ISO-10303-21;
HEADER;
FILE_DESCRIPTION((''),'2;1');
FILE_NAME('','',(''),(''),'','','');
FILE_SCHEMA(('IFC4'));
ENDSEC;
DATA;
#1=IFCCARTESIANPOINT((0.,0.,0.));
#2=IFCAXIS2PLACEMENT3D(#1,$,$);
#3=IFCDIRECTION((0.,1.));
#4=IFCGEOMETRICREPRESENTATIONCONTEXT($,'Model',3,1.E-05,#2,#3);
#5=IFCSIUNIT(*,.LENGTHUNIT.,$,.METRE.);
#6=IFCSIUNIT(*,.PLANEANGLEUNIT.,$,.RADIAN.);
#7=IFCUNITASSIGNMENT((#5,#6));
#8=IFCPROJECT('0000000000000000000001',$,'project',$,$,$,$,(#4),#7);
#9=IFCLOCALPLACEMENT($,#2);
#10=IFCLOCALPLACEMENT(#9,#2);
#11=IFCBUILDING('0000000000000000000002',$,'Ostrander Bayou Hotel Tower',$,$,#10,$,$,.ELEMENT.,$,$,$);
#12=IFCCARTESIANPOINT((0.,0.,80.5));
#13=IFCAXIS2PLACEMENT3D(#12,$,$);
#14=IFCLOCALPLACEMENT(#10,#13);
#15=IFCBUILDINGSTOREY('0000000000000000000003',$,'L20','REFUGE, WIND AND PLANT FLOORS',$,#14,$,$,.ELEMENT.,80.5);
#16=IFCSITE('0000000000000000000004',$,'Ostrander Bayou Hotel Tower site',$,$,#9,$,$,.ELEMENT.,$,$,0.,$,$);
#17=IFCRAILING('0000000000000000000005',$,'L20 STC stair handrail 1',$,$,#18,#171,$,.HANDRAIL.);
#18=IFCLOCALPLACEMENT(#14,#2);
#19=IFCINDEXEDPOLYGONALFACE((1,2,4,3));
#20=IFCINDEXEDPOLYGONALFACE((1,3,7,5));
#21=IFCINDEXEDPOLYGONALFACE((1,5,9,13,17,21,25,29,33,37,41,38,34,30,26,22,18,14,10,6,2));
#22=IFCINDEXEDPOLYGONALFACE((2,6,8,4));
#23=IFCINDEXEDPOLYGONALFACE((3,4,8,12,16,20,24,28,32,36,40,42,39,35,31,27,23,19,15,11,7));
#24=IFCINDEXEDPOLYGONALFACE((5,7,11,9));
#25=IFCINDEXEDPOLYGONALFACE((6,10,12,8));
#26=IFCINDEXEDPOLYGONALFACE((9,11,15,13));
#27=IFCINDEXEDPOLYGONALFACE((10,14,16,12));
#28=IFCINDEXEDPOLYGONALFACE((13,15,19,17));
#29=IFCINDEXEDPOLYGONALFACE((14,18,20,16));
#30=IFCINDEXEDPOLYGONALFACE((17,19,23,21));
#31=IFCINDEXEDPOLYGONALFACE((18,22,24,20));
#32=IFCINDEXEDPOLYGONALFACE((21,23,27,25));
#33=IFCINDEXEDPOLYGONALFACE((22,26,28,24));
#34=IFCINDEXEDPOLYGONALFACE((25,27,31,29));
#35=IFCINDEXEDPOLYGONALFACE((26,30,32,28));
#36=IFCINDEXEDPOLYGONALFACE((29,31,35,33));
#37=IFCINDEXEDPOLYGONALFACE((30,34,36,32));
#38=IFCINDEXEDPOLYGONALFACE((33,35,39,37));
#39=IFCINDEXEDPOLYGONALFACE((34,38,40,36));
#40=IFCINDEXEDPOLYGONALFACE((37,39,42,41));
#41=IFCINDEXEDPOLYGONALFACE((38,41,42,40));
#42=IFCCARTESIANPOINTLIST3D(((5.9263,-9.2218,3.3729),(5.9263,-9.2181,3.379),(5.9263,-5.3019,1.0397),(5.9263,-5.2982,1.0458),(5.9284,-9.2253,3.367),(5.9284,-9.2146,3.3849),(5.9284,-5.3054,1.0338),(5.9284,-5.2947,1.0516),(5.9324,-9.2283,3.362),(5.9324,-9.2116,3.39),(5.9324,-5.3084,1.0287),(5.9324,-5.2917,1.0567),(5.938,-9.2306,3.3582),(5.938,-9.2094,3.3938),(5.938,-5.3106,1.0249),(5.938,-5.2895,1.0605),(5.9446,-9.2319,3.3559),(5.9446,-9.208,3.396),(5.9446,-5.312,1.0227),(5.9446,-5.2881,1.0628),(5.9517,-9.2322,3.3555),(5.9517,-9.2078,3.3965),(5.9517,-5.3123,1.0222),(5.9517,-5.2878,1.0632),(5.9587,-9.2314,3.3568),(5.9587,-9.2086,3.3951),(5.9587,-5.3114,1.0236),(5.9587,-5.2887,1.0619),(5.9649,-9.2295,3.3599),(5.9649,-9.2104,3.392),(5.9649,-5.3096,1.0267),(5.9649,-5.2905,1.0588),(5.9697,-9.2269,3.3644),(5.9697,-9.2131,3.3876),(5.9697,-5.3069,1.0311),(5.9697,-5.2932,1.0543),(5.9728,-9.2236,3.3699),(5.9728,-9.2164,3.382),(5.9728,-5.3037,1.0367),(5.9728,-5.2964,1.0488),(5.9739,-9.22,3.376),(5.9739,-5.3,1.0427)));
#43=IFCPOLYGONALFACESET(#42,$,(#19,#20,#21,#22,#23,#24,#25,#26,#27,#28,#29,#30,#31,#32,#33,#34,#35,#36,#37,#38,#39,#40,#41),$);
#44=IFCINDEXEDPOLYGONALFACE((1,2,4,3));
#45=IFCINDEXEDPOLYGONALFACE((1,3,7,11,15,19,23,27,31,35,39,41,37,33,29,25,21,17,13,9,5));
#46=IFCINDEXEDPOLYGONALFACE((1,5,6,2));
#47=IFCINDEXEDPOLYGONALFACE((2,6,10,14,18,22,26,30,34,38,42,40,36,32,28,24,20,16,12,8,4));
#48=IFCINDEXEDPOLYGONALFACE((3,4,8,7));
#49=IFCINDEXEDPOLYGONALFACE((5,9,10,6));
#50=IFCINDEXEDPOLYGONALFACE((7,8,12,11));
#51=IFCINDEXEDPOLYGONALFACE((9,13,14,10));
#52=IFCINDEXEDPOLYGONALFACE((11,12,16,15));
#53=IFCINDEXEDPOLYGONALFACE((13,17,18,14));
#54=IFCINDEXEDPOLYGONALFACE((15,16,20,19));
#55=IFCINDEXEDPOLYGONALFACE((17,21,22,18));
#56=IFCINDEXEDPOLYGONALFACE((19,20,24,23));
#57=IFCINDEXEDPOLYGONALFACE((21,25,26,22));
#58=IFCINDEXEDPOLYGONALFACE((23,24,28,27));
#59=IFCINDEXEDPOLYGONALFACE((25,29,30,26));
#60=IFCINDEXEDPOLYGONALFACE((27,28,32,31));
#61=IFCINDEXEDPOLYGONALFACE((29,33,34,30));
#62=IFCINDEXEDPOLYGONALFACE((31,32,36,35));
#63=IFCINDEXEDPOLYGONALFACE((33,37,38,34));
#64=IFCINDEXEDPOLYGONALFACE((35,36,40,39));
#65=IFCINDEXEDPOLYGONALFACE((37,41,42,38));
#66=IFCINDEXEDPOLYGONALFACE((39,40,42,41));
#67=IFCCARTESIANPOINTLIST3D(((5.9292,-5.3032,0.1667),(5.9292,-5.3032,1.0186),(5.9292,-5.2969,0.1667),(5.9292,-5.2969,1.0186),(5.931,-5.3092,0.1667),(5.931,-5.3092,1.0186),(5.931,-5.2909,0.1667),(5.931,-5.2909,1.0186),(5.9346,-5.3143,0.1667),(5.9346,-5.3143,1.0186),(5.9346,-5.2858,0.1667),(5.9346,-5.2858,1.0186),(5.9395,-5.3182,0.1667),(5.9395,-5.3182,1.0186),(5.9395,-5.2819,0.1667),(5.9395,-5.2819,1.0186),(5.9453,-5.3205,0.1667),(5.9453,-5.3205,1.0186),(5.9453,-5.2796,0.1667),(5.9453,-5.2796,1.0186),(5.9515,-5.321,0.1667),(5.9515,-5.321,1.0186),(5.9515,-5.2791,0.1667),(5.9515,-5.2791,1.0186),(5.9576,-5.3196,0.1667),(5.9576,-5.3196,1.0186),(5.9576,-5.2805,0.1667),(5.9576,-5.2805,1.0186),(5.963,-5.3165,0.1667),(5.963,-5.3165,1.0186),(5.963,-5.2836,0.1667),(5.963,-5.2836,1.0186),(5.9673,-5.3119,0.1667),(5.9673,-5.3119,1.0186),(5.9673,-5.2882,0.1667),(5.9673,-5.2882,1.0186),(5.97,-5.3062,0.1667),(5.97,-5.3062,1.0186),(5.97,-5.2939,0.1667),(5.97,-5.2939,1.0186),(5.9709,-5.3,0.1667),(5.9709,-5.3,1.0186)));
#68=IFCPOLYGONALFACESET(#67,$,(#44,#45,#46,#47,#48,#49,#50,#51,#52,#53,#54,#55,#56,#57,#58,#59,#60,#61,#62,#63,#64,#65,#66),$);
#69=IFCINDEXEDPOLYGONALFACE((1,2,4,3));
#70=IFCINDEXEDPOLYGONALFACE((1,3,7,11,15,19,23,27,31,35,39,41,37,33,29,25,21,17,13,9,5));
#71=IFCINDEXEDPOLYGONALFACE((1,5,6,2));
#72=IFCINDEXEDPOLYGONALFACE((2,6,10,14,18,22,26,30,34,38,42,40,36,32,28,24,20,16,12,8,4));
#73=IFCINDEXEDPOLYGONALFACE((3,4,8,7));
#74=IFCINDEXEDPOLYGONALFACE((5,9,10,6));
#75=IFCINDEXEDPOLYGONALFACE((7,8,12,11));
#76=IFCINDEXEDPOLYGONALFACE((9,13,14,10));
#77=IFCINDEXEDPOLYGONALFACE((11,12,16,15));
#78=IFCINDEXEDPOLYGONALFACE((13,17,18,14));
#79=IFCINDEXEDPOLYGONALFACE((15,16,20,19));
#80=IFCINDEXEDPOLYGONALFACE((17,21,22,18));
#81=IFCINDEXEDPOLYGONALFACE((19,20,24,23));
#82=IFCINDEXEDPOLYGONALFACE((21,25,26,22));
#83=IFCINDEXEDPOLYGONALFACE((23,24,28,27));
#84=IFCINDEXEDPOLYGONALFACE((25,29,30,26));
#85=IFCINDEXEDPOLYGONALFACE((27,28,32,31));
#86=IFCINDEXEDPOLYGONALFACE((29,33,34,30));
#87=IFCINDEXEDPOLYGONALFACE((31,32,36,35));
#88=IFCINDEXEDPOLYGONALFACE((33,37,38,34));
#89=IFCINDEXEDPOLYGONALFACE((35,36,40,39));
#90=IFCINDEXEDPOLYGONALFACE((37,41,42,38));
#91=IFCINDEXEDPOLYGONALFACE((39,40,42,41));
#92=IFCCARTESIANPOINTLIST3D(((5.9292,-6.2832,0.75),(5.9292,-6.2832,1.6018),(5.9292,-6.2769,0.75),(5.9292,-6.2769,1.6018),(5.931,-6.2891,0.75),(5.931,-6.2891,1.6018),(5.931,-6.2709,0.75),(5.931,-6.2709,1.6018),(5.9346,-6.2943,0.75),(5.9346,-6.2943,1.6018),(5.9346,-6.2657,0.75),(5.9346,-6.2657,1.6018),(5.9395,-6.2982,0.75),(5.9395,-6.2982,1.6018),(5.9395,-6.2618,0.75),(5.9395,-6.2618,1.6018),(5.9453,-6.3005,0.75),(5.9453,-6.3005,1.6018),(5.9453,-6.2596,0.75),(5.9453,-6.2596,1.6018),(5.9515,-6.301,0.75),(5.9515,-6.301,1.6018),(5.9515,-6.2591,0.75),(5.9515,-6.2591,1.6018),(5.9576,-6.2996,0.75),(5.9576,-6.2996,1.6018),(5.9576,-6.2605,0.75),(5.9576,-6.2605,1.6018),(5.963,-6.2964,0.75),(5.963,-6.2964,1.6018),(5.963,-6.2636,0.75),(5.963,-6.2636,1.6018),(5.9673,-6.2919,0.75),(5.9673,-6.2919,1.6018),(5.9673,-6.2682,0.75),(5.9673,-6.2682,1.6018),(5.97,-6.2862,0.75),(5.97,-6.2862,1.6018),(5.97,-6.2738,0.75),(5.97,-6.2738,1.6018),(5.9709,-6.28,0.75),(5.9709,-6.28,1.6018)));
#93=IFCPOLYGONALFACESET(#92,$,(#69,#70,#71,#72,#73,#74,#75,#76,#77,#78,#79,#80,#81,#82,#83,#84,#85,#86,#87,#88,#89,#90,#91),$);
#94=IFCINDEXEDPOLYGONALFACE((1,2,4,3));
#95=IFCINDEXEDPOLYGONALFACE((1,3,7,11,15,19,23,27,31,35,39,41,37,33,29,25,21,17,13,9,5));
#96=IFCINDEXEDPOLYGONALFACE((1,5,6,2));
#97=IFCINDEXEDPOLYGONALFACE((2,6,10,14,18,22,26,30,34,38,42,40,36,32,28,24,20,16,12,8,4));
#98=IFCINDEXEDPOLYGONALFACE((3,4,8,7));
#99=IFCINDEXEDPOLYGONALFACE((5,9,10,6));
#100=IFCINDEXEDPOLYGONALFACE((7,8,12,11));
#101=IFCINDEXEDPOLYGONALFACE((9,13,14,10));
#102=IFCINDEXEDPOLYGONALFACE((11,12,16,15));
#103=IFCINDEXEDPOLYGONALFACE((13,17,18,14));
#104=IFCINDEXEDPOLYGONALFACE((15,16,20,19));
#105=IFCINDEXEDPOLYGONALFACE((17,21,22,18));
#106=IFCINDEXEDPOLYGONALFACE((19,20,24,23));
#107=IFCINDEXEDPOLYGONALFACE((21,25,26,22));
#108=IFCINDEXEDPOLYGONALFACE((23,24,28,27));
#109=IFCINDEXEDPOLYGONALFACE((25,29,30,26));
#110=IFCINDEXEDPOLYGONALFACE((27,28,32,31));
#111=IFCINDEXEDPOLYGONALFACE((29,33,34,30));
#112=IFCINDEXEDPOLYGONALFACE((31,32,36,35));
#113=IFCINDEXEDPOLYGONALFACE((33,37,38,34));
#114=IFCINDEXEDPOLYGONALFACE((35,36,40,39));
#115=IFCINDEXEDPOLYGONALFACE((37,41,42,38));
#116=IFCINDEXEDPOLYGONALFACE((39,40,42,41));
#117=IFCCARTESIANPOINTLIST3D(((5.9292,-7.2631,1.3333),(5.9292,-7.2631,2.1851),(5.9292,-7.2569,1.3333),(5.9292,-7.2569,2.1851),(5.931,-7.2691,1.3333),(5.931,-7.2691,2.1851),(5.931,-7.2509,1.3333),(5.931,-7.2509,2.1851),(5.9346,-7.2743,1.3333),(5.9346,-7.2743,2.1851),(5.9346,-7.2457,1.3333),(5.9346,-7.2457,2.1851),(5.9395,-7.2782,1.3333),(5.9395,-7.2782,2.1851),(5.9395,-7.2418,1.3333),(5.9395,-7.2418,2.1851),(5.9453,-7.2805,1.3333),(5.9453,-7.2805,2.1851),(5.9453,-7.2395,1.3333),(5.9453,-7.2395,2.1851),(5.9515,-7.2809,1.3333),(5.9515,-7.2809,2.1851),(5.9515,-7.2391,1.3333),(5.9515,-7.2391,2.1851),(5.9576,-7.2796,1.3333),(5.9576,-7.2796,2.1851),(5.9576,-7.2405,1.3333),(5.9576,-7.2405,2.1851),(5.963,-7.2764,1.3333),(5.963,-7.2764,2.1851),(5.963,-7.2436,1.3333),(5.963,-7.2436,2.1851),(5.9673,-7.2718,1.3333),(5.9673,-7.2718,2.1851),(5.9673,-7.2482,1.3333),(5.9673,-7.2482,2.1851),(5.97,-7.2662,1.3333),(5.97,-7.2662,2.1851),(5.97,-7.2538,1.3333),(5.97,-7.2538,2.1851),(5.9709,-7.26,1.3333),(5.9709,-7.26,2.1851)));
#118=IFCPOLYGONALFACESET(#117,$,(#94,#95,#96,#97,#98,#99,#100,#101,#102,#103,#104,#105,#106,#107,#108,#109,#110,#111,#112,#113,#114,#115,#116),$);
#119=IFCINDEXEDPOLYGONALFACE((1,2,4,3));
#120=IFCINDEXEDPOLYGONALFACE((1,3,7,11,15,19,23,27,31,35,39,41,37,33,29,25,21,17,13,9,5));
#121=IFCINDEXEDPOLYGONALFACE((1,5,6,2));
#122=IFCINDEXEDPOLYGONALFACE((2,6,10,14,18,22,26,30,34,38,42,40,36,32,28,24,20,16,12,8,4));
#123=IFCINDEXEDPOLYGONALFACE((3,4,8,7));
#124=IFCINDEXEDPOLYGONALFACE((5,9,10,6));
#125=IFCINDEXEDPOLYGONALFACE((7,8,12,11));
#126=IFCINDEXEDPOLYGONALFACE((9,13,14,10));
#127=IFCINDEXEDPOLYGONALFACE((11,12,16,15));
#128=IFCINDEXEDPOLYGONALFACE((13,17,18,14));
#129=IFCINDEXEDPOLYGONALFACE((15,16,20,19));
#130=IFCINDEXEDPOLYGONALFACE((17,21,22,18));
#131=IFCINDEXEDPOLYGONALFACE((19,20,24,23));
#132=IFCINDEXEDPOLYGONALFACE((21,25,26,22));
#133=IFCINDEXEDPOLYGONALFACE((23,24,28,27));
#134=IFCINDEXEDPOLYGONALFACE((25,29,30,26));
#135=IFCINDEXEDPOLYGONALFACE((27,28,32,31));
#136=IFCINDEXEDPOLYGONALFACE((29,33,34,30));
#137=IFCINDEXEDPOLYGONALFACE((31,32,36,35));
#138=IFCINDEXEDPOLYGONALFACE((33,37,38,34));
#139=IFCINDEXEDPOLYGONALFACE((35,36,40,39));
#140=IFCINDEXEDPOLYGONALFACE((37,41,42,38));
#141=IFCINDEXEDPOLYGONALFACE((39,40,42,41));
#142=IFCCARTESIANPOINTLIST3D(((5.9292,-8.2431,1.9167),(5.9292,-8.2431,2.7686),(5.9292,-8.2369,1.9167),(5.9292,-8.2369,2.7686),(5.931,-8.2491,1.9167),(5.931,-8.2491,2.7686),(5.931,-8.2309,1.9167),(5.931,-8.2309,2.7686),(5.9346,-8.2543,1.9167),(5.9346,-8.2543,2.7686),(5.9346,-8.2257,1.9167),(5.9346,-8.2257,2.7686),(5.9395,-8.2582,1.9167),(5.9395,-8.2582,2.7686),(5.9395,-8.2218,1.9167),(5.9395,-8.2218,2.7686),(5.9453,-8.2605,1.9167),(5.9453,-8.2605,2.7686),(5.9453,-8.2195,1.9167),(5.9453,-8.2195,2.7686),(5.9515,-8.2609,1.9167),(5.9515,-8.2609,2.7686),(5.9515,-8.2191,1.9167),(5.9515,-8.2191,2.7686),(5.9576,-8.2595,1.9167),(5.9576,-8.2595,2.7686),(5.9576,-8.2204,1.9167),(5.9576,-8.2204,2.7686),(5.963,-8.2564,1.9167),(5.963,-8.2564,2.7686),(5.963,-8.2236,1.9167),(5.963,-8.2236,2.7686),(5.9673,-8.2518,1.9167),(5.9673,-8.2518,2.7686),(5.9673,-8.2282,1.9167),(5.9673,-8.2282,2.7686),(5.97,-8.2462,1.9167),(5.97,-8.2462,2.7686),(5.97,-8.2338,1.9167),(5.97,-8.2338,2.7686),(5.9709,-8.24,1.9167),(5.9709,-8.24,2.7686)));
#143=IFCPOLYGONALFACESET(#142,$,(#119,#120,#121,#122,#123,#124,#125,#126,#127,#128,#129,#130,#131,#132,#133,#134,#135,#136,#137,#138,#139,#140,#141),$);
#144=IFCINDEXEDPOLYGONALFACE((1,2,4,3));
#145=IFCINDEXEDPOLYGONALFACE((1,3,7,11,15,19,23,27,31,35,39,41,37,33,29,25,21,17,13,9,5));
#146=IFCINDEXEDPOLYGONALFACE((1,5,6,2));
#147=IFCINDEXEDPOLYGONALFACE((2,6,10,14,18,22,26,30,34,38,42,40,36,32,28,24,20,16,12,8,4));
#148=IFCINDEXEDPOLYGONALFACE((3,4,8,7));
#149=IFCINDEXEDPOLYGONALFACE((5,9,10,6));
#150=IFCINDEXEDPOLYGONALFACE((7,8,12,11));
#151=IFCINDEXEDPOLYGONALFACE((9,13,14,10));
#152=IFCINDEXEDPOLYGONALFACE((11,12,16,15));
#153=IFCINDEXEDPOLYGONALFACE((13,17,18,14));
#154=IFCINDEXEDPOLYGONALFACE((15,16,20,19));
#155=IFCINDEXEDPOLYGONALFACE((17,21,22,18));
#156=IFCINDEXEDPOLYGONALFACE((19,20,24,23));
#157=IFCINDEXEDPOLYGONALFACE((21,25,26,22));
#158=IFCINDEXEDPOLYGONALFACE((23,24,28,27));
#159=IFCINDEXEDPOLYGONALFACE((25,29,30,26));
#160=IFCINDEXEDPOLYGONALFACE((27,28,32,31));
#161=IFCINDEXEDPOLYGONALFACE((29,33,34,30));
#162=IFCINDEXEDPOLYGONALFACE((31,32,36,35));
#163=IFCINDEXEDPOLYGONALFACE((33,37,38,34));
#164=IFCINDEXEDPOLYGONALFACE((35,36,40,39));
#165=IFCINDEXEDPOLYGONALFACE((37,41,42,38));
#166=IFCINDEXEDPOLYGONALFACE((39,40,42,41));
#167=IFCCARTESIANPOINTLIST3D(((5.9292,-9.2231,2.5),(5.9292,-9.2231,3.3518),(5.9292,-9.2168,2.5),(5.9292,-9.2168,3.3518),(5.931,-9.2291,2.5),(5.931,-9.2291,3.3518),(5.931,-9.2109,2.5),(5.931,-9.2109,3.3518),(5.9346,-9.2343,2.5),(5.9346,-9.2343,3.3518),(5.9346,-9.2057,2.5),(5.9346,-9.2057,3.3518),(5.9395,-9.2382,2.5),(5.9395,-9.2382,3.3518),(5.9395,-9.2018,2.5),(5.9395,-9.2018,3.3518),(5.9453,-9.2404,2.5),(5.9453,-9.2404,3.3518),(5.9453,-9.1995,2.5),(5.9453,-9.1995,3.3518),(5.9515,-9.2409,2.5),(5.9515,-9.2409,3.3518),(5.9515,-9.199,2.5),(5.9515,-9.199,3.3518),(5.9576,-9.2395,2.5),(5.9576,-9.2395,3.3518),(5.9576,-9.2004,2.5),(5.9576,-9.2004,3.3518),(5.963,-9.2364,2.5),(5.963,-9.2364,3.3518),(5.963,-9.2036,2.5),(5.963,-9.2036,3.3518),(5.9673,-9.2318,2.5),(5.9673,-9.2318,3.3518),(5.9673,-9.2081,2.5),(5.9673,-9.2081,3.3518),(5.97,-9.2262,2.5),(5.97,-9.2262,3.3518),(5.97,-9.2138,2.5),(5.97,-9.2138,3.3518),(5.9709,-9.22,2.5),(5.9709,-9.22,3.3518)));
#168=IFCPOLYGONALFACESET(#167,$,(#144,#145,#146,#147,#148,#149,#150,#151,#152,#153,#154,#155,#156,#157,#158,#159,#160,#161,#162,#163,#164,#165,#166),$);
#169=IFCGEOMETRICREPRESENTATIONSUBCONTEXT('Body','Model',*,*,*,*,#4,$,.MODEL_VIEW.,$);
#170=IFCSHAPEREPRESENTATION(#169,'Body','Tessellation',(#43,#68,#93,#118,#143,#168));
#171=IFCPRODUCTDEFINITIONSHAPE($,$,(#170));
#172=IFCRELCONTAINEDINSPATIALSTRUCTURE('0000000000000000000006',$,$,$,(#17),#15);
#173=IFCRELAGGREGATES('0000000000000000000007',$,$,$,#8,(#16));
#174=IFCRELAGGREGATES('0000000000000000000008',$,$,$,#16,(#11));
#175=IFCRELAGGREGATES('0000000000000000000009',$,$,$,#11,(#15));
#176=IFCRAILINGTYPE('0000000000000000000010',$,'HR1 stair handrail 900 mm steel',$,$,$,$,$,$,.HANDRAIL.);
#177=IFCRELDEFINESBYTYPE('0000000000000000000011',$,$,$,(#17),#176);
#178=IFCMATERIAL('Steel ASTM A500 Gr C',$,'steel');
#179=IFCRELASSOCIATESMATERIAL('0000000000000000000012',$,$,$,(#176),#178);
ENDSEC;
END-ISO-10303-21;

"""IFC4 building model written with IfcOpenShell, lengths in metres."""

from ifc_helpers import new_model, si_unit, direction, frame, origin, origin_2d, place, context, subcontext, project, spatial, circle, extrude, material, type_object, element, save


model = new_model("IFC4")

# Units and contexts
model_context = context("Model", 3, precision=1e-05, world=origin(), true_north=direction((0.0, 1.0)))
body_context = subcontext(model_context, "Body", "Model", "MODEL_VIEW")
ifc_project = project(units=[si_unit("LENGTHUNIT", "METRE"), si_unit("PLANEANGLEUNIT", "RADIAN")], contexts=[model_context])

# Site, building, storey
site_placement = place(None, origin())
site = spatial("IfcSite", under=ifc_project, at=site_placement, Name="Ostrander Bayou Hotel Tower site", CompositionType="ELEMENT", RefElevation=0.0)
building_placement = place(site_placement, origin())
building = spatial("IfcBuilding", under=site, at=building_placement, Name="Ostrander Bayou Hotel Tower", CompositionType="ELEMENT")
storey_placement = place(building_placement, frame((0.0, 0.0, 80.5)))
storey = spatial("IfcBuildingStorey", under=building, at=storey_placement, Name="L20", Description="REFUGE, WIND AND PLANT FLOORS", CompositionType="ELEMENT", Elevation=80.5)

# Railing
ifc_material_1 = material(Name="Steel ASTM A500 Gr C", Category="steel")
railing_type_1 = type_object("IfcRailingType", Name="HR1 stair handrail 900 mm steel", PredefinedType="HANDRAIL", material=ifc_material_1)
railing_1_placement = place(storey_placement, frame((5.95, -5.3, 0.1667)))
element("IfcRailing", 1, at=railing_1_placement, inside=storey, type_object=railing_type_1, Name="L20 STC stair handrail 1", PredefinedType="HANDRAIL", context=body_context, shape_type="SweptSolid", body=[
    extrude(circle(Radius=0.0239, at=origin_2d()), frame((0.0, 0.0, 0.876), z_axis=(0.0, -0.859296, 0.511478), x_axis=(1.0, 0.0, 0.0)), (0.0, 0.0, 1.0), 4.5618),
    extrude(circle(Radius=0.021, at=origin_2d()), origin(), (0.0, 0.0, 1.0), 0.8518),
    extrude(circle(Radius=0.021, at=origin_2d()), frame((0.0, -0.98, 0.5833)), (0.0, 0.0, 1.0), 0.8518),
    extrude(circle(Radius=0.021, at=origin_2d()), frame((0.0, -1.96, 1.1665)), (0.0, 0.0, 1.0), 0.8518),
    extrude(circle(Radius=0.021, at=origin_2d()), frame((0.0, -2.9399, 1.75)), (0.0, 0.0, 1.0), 0.8518),
    extrude(circle(Radius=0.021, at=origin_2d()), frame((0.0, -3.9199, 2.3333)), (0.0, 0.0, 1.0), 0.8518),
])

save(model, "model.ifc")
